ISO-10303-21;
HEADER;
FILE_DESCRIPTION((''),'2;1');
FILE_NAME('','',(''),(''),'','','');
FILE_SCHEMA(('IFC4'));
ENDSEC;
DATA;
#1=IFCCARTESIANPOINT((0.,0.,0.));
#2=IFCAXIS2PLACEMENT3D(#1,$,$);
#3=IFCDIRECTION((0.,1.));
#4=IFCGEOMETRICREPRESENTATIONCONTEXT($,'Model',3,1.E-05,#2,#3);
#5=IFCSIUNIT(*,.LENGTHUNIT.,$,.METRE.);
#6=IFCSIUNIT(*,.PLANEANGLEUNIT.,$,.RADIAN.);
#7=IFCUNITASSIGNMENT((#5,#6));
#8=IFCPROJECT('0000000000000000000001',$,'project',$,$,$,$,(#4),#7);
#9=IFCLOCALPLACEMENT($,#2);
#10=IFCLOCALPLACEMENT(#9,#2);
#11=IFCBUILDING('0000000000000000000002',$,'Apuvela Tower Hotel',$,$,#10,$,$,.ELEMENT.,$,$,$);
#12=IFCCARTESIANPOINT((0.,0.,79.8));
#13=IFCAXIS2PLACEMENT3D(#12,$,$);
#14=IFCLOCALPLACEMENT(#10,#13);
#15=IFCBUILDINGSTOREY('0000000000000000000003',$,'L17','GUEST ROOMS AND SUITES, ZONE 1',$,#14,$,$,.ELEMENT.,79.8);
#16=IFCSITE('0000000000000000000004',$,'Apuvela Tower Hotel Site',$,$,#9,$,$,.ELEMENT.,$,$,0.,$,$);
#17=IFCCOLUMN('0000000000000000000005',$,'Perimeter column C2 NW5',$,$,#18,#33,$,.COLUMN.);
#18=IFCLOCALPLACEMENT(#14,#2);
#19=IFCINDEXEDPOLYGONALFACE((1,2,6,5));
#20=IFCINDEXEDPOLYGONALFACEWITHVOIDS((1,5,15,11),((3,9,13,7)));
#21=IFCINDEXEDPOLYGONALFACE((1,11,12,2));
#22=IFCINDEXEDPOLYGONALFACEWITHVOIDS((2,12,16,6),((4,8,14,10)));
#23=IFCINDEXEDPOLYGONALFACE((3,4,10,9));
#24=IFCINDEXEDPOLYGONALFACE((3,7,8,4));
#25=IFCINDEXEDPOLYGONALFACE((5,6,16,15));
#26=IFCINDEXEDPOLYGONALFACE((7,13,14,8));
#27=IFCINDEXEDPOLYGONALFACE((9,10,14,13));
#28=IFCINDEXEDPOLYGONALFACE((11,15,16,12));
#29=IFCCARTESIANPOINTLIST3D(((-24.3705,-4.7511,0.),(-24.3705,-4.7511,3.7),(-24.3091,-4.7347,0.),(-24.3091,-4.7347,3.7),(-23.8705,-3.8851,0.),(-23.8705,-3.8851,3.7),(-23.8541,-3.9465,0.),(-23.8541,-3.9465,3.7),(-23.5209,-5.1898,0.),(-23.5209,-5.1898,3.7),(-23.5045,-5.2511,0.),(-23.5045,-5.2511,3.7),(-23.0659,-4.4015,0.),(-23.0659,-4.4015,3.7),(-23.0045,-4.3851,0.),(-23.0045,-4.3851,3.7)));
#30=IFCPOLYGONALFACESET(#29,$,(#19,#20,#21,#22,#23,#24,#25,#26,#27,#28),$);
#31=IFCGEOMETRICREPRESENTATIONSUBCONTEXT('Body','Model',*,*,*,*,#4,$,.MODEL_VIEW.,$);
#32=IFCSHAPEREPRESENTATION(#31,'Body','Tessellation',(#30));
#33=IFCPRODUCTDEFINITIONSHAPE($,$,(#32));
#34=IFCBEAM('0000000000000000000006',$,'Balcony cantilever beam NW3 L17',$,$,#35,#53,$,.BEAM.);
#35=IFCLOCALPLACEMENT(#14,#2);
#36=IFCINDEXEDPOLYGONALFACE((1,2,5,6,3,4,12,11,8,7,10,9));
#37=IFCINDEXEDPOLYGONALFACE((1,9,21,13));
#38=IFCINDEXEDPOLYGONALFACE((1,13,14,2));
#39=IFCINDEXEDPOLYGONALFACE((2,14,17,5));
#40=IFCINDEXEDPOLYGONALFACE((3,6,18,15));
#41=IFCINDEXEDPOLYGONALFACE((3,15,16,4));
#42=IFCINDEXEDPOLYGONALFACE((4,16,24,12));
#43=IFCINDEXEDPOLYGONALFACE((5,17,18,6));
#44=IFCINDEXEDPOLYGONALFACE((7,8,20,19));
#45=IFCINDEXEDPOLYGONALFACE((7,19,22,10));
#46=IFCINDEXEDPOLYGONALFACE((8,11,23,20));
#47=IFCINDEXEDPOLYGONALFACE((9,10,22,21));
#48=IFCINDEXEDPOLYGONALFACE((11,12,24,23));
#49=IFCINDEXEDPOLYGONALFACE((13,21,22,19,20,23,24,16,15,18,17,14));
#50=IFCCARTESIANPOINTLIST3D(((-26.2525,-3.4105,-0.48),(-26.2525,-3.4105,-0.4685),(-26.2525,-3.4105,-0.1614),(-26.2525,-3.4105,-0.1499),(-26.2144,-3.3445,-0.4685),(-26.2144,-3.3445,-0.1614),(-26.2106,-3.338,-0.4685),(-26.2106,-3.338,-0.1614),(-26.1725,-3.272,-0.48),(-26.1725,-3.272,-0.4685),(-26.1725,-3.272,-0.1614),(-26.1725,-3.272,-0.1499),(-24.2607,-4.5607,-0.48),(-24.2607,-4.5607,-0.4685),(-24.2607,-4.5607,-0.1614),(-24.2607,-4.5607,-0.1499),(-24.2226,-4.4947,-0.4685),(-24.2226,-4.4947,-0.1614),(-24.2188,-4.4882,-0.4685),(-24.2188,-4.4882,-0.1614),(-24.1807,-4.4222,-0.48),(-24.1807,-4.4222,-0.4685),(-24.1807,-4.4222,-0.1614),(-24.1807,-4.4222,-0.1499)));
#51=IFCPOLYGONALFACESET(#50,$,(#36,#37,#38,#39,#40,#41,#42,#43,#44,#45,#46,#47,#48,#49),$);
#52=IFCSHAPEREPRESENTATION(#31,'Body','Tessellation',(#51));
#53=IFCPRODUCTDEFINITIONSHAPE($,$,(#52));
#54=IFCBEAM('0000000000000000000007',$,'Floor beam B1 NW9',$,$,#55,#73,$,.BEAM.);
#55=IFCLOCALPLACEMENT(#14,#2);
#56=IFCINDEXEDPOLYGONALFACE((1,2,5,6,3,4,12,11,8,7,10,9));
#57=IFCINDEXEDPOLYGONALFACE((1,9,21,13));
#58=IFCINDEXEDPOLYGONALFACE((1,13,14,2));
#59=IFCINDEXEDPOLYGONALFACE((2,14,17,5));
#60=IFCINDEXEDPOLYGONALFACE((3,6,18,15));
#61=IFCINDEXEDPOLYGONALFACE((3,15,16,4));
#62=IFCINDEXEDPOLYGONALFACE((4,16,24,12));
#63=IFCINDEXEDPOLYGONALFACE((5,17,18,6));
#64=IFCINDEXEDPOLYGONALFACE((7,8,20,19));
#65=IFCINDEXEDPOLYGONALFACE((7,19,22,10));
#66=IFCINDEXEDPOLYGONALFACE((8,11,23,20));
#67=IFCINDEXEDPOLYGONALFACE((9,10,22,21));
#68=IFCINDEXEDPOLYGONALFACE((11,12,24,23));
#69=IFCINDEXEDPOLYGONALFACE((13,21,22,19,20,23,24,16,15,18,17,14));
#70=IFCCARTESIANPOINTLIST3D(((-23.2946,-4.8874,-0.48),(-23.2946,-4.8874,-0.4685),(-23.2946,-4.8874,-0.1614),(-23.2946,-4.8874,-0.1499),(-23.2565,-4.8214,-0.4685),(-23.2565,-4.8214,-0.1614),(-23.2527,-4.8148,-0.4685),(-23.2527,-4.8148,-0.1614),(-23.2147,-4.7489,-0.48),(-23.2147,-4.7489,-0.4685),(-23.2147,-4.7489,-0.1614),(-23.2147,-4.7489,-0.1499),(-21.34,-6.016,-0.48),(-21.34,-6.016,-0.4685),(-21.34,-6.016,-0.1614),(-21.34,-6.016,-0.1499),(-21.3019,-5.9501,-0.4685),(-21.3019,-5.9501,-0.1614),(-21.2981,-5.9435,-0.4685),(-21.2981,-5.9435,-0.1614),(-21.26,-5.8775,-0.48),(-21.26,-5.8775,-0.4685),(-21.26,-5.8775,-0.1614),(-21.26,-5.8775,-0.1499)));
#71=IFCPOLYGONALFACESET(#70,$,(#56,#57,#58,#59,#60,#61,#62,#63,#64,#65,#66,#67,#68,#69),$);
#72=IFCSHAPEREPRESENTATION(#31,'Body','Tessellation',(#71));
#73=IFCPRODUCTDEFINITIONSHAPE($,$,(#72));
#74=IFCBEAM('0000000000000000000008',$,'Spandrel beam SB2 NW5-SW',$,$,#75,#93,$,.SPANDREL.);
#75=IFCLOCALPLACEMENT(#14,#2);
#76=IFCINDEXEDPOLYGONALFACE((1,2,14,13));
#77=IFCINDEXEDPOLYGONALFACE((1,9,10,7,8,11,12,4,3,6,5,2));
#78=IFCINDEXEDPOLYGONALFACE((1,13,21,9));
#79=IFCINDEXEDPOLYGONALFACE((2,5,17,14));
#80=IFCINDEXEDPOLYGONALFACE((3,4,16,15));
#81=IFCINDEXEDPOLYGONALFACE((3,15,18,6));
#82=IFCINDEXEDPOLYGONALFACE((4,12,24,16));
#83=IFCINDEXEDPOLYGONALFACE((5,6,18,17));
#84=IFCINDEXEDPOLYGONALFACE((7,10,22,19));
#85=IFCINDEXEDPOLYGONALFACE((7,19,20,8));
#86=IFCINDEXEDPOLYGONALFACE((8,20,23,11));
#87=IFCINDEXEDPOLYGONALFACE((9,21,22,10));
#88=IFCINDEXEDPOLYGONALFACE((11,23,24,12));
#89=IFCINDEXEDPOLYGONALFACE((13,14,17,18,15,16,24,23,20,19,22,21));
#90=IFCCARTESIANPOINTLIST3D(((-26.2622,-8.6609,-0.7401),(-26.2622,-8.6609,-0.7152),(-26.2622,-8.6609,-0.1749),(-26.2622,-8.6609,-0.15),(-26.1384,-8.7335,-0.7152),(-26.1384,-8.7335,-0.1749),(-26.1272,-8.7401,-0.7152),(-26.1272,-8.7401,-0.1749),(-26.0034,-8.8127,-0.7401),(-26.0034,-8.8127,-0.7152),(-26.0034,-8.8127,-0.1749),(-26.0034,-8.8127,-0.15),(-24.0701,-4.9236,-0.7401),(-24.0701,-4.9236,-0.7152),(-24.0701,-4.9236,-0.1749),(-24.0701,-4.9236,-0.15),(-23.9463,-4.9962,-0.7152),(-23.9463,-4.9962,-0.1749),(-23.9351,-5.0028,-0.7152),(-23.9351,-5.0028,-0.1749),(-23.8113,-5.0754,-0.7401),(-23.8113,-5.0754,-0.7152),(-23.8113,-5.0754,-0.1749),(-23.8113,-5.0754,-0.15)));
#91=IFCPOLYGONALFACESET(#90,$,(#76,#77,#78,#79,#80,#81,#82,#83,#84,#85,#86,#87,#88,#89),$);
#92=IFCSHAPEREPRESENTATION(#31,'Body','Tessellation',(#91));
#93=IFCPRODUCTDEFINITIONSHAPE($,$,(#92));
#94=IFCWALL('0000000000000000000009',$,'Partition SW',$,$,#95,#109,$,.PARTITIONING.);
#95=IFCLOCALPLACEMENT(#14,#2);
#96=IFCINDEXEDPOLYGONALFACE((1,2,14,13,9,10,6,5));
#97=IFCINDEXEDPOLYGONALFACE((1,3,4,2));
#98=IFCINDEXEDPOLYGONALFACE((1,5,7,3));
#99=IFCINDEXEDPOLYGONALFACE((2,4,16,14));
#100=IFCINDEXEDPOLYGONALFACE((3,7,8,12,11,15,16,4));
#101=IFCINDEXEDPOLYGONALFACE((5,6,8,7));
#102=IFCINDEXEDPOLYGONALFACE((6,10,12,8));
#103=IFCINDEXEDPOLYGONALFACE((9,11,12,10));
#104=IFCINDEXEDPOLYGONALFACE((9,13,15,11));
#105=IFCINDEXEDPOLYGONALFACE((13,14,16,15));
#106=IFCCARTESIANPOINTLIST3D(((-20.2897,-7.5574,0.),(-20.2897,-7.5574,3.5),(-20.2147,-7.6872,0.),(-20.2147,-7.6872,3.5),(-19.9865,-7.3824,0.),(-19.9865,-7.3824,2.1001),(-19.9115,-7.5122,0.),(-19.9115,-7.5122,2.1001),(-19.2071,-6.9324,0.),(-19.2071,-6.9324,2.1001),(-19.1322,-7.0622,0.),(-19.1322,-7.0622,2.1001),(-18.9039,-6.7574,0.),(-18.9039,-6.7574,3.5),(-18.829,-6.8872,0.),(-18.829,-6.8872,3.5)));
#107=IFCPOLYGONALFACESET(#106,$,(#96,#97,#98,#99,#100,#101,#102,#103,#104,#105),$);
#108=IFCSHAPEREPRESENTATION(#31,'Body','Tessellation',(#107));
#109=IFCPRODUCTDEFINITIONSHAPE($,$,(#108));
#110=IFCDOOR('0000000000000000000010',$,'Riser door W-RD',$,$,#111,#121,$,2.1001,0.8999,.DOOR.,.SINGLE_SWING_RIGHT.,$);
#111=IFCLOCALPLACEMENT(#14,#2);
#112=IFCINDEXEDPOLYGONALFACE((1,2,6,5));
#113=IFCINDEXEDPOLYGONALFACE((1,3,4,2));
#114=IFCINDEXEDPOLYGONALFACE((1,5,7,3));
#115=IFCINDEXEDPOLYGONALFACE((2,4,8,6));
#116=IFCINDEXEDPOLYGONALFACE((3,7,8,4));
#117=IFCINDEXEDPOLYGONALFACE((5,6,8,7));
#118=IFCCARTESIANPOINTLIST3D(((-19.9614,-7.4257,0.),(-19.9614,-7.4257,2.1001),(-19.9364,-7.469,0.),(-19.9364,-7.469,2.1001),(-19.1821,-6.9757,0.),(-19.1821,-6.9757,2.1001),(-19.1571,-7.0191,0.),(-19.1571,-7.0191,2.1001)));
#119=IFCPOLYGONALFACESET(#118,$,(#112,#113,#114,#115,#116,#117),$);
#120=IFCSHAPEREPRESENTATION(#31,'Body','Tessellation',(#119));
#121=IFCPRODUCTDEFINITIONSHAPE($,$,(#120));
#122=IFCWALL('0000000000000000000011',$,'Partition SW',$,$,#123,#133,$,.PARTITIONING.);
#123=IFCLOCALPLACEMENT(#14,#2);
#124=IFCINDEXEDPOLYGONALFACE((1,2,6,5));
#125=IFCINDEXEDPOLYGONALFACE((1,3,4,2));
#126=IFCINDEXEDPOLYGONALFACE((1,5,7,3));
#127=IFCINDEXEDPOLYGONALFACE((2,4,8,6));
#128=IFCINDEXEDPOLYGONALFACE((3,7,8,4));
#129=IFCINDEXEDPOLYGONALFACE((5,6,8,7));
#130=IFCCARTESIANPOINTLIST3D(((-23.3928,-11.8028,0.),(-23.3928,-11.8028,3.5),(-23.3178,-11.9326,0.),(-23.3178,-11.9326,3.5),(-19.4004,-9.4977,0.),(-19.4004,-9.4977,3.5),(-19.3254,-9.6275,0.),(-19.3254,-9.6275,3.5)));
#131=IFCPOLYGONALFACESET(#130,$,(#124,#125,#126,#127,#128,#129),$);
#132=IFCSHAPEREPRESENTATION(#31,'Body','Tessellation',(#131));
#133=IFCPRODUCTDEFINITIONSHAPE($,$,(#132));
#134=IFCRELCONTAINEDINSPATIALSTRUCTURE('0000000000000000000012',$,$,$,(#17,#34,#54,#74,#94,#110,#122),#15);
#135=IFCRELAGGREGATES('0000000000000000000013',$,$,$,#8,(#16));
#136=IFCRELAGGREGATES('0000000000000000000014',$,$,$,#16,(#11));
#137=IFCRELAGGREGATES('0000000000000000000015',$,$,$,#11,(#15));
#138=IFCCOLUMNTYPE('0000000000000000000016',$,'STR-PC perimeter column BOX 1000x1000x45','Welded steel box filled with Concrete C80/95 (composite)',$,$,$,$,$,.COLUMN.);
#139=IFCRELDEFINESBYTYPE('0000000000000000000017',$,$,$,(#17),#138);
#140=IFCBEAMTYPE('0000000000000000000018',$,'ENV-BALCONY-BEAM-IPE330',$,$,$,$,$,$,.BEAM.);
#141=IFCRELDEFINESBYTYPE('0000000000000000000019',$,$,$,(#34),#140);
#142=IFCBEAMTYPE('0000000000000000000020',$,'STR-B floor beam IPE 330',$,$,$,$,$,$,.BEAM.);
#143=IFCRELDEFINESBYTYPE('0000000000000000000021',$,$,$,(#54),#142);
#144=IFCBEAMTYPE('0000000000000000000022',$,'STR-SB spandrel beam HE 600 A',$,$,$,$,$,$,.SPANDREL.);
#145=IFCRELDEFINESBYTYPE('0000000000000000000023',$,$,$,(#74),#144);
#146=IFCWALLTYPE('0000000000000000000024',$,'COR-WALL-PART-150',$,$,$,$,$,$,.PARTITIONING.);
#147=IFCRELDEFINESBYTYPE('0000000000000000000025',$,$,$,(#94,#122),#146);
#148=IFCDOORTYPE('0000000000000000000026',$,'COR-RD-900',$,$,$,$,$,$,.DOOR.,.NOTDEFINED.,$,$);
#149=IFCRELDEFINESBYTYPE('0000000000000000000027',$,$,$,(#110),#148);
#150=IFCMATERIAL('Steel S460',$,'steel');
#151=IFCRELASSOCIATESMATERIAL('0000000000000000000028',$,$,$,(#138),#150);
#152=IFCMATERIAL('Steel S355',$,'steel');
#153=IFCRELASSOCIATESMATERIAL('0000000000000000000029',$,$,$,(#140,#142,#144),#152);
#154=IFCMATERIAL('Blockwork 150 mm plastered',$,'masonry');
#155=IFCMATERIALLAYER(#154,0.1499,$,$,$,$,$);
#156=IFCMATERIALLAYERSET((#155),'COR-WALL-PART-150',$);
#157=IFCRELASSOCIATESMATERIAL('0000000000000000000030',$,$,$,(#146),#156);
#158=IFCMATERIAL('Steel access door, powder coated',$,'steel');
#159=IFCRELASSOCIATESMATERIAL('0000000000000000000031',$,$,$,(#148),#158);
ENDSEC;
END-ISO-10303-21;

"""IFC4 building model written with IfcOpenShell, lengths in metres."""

from ifc_helpers import new_model, si_unit, direction, frame, frame_2d, origin, origin_2d, place, context, subcontext, project, spatial, rectangle, hollow_rectangle, i_section, extrude, material, layer, layer_set, material_profile, profile_set, type_object, element, fill, save


model = new_model("IFC4")

# Units and contexts
model_context = context("Model", 3, precision=1e-05, world=origin(), true_north=direction((0.0, 1.0)))
body_context = subcontext(model_context, "Body", "Model", "MODEL_VIEW")
ifc_project = project(units=[si_unit("LENGTHUNIT", "METRE"), si_unit("PLANEANGLEUNIT", "RADIAN")], contexts=[model_context])

# Site, building, storey
site_placement = place(None, origin())
site = spatial("IfcSite", under=ifc_project, at=site_placement, Name="Apuvela Tower Hotel Site", CompositionType="ELEMENT", RefElevation=0.0)
building_placement = place(site_placement, origin())
building = spatial("IfcBuilding", under=site, at=building_placement, Name="Apuvela Tower Hotel", CompositionType="ELEMENT")
storey_placement = place(building_placement, frame((0.0, 0.0, 79.8)))
storey = spatial("IfcBuildingStorey", under=building, at=storey_placement, Name="L17", Description="GUEST ROOMS AND SUITES, ZONE 1", CompositionType="ELEMENT", Elevation=79.8)

# Column
ifc_material_1 = material(Name="Steel S460", Category="steel")
ifc_material_profile_1 = material_profile(ifc_material_1, hollow_rectangle(XDim=1.0, YDim=1.0, WallThickness=0.0449, at=origin_2d()), Name="BOX 1000x1000x45")
ifc_material_2 = material(Name="Concrete C80/95", Category="concrete")
ifc_material_profile_2 = material_profile(ifc_material_2, rectangle(XDim=0.9099, YDim=0.9099, at=origin_2d()), Name="Concrete C80/95 infill")
ifc_profile_set_1 = profile_set([ifc_material_profile_1, ifc_material_profile_2], Name="Steel S460")
column_type = type_object("IfcColumnType", Name="STR-PC perimeter column BOX 1000x1000x45", Description="Welded steel box filled with Concrete C80/95 (composite)", PredefinedType="COLUMN", material=ifc_profile_set_1)
column_placement = place(storey_placement, frame((-23.6875, -4.5681, 0.0), z_axis=(0.0, 0.0, 1.0), x_axis=(0.5, 0.866025, 0.0)))
element("IfcColumn", 1, at=column_placement, inside=storey, type_object=column_type, Name="Perimeter column C2 NW5", PredefinedType="COLUMN", context=body_context, shape_type="SweptSolid", body=[
    extrude(hollow_rectangle(XDim=1.0, YDim=1.0, WallThickness=0.0449, at=origin_2d()), origin(), (0.0, 0.0, 1.0), 3.7),
])

# Beams
ifc_material_3 = material(Name="Steel S355", Category="steel")
ifc_material_profile_3 = material_profile(ifc_material_3, i_section(OverallWidth=0.1599, OverallDepth=0.3301, WebThickness=0.0076, FlangeThickness=0.0115, at=origin_2d()), Name="IPE 330")
ifc_profile_set_2 = profile_set([ifc_material_profile_3], Name="Steel S355")
beam_type_1 = type_object("IfcBeamType", Name="ENV-BALCONY-BEAM-IPE330", PredefinedType="BEAM", material=ifc_profile_set_2)
beam_1_placement = place(storey_placement, frame((-24.2207, -4.4915, -0.3149), z_axis=(-0.865981, 0.500078, 0.0), x_axis=(-0.500078, -0.865981, 0.0)))
element("IfcBeam", 2, at=beam_1_placement, inside=storey, type_object=beam_type_1, Name="Balcony cantilever beam NW3 L17", PredefinedType="BEAM", context=body_context, shape_type="SweptSolid", body=[
    extrude(i_section(OverallWidth=0.1599, OverallDepth=0.3301, WebThickness=0.0076, FlangeThickness=0.0115, at=origin_2d()), origin(), (0.0, 0.0, 1.0), 2.3),
])
ifc_material_profile_4 = material_profile(ifc_material_3, i_section(OverallWidth=0.1599, OverallDepth=0.3301, WebThickness=0.0076, FlangeThickness=0.0115, at=origin_2d()), Name="IPE 330")
ifc_profile_set_3 = profile_set([ifc_material_profile_4], Name="Steel S355")
beam_type_2 = type_object("IfcBeamType", Name="STR-B floor beam IPE 330", PredefinedType="BEAM", material=ifc_profile_set_3)
beam_2_placement = place(storey_placement, frame((-23.2546, -4.8181, -0.3149), z_axis=(0.865991, -0.50006, 0.0), x_axis=(0.50006, 0.865991, 0.0)))
element("IfcBeam", 3, at=beam_2_placement, inside=storey, type_object=beam_type_2, Name="Floor beam B1 NW9", PredefinedType="BEAM", context=body_context, shape_type="SweptSolid", body=[
    extrude(i_section(OverallWidth=0.1599, OverallDepth=0.3301, WebThickness=0.0076, FlangeThickness=0.0115, at=origin_2d()), origin(), (0.0, 0.0, 1.0), 2.2571),
])
ifc_material_profile_5 = material_profile(ifc_material_3, i_section(OverallWidth=0.3, OverallDepth=0.5901, WebThickness=0.0129, FlangeThickness=0.0249, at=origin_2d()), Name="HE 600 A")
ifc_profile_set_4 = profile_set([ifc_material_profile_5], Name="Steel S355")
beam_type_3 = type_object("IfcBeamType", Name="STR-SB spandrel beam HE 600 A", PredefinedType="SPANDREL", material=ifc_profile_set_4)
beam_3_placement = place(storey_placement, frame((-23.9407, -4.9995, -0.4451), z_axis=(-0.505944, -0.862567, 0.0), x_axis=(0.862567, -0.505944, 0.0)))
element("IfcBeam", 4, at=beam_3_placement, inside=storey, type_object=beam_type_3, Name="Spandrel beam SB2 NW5-SW", PredefinedType="SPANDREL", context=body_context, shape_type="SweptSolid", body=[
    extrude(i_section(OverallWidth=0.3, OverallDepth=0.5901, WebThickness=0.0129, FlangeThickness=0.0249, at=origin_2d()), origin(), (0.0, 0.0, 1.0), 4.3328),
])

# Wall, opening, door
ifc_material_4 = material(Name="Blockwork 150 mm plastered", Category="masonry")
ifc_layer_1 = layer(ifc_material_4, 0.1499)
ifc_layer_set_1 = layer_set([ifc_layer_1], Name="COR-WALL-PART-150")
wall_type_1 = type_object("IfcWallType", Name="COR-WALL-PART-150", PredefinedType="PARTITIONING", material=ifc_layer_set_1)
wall_1_placement = place(storey_placement, frame((-18.8665, -6.8223, 0.0), z_axis=(0.0, 0.0, 1.0), x_axis=(-0.866028, -0.499995, 0.0)))
wall_1 = element("IfcWall", 5, at=wall_1_placement, inside=storey, type_object=wall_type_1, Name="Partition SW", PredefinedType="PARTITIONING", context=body_context, shape_type="SweptSolid", body=[
    extrude(rectangle(XDim=1.6001, YDim=0.1499, at=frame_2d((0.8, 0.0))), origin(), (0.0, 0.0, 1.0), 3.5),
])
opening_1_placement = place(wall_1_placement, frame((0.3501, 0.0, 0.0)))
opening_1 = element("IfcOpeningElement", 6, at=opening_1_placement, cuts=wall_1, PredefinedType="OPENING", context=body_context, shape_type="SweptSolid", body=[
    extrude(rectangle(XDim=0.8999, YDim=2.1001, at=frame_2d((0.45, 1.05))), frame((0.0, 0.085, 0.0), z_axis=(0.0, -1.0, 0.0), x_axis=(1.0, 0.0, 0.0)), (0.0, 0.0, 1.0), 0.1699),
])
ifc_material_5 = material(Name="Steel access door, powder coated", Category="steel")
door_type_1 = type_object("IfcDoorType", Name="COR-RD-900", OperationType="NOTDEFINED", PredefinedType="DOOR", material=ifc_material_5)
door_1_placement = place(opening_1_placement, frame((0.8999, 0.0, 0.0), z_axis=(0.0, 0.0, 1.0), x_axis=(-1.0, 0.0, 0.0)))
door_1 = element("IfcDoor", 7, at=door_1_placement, inside=storey, type_object=door_type_1, Name="Riser door W-RD", OperationType="SINGLE_SWING_RIGHT", OverallHeight=2.1001, OverallWidth=0.8999, PredefinedType="DOOR", context=body_context, shape_type="SweptSolid", body=[
    extrude(rectangle(XDim=0.8999, YDim=2.1001, at=frame_2d((0.45, 1.05))), frame((0.0, 0.0249, 0.0), z_axis=(0.0, -1.0, 0.0), x_axis=(1.0, 0.0, 0.0)), (0.0, 0.0, 1.0), 0.05),
])
fill(opening_1, door_1)

# Wall
wall_2_placement = place(storey_placement, frame((-19.3628, -9.5625, 0.0), z_axis=(0.0, 0.0, 1.0), x_axis=(-0.866012, -0.500023, 0.0)))
element("IfcWall", 8, at=wall_2_placement, inside=storey, type_object=wall_type_1, Name="Partition SW", PredefinedType="PARTITIONING", context=body_context, shape_type="SweptSolid", body=[
    extrude(rectangle(XDim=4.6101, YDim=0.1499, at=frame_2d((2.3052, 0.0))), origin(), (0.0, 0.0, 1.0), 3.5),
])

save(model, "model.ifc")
